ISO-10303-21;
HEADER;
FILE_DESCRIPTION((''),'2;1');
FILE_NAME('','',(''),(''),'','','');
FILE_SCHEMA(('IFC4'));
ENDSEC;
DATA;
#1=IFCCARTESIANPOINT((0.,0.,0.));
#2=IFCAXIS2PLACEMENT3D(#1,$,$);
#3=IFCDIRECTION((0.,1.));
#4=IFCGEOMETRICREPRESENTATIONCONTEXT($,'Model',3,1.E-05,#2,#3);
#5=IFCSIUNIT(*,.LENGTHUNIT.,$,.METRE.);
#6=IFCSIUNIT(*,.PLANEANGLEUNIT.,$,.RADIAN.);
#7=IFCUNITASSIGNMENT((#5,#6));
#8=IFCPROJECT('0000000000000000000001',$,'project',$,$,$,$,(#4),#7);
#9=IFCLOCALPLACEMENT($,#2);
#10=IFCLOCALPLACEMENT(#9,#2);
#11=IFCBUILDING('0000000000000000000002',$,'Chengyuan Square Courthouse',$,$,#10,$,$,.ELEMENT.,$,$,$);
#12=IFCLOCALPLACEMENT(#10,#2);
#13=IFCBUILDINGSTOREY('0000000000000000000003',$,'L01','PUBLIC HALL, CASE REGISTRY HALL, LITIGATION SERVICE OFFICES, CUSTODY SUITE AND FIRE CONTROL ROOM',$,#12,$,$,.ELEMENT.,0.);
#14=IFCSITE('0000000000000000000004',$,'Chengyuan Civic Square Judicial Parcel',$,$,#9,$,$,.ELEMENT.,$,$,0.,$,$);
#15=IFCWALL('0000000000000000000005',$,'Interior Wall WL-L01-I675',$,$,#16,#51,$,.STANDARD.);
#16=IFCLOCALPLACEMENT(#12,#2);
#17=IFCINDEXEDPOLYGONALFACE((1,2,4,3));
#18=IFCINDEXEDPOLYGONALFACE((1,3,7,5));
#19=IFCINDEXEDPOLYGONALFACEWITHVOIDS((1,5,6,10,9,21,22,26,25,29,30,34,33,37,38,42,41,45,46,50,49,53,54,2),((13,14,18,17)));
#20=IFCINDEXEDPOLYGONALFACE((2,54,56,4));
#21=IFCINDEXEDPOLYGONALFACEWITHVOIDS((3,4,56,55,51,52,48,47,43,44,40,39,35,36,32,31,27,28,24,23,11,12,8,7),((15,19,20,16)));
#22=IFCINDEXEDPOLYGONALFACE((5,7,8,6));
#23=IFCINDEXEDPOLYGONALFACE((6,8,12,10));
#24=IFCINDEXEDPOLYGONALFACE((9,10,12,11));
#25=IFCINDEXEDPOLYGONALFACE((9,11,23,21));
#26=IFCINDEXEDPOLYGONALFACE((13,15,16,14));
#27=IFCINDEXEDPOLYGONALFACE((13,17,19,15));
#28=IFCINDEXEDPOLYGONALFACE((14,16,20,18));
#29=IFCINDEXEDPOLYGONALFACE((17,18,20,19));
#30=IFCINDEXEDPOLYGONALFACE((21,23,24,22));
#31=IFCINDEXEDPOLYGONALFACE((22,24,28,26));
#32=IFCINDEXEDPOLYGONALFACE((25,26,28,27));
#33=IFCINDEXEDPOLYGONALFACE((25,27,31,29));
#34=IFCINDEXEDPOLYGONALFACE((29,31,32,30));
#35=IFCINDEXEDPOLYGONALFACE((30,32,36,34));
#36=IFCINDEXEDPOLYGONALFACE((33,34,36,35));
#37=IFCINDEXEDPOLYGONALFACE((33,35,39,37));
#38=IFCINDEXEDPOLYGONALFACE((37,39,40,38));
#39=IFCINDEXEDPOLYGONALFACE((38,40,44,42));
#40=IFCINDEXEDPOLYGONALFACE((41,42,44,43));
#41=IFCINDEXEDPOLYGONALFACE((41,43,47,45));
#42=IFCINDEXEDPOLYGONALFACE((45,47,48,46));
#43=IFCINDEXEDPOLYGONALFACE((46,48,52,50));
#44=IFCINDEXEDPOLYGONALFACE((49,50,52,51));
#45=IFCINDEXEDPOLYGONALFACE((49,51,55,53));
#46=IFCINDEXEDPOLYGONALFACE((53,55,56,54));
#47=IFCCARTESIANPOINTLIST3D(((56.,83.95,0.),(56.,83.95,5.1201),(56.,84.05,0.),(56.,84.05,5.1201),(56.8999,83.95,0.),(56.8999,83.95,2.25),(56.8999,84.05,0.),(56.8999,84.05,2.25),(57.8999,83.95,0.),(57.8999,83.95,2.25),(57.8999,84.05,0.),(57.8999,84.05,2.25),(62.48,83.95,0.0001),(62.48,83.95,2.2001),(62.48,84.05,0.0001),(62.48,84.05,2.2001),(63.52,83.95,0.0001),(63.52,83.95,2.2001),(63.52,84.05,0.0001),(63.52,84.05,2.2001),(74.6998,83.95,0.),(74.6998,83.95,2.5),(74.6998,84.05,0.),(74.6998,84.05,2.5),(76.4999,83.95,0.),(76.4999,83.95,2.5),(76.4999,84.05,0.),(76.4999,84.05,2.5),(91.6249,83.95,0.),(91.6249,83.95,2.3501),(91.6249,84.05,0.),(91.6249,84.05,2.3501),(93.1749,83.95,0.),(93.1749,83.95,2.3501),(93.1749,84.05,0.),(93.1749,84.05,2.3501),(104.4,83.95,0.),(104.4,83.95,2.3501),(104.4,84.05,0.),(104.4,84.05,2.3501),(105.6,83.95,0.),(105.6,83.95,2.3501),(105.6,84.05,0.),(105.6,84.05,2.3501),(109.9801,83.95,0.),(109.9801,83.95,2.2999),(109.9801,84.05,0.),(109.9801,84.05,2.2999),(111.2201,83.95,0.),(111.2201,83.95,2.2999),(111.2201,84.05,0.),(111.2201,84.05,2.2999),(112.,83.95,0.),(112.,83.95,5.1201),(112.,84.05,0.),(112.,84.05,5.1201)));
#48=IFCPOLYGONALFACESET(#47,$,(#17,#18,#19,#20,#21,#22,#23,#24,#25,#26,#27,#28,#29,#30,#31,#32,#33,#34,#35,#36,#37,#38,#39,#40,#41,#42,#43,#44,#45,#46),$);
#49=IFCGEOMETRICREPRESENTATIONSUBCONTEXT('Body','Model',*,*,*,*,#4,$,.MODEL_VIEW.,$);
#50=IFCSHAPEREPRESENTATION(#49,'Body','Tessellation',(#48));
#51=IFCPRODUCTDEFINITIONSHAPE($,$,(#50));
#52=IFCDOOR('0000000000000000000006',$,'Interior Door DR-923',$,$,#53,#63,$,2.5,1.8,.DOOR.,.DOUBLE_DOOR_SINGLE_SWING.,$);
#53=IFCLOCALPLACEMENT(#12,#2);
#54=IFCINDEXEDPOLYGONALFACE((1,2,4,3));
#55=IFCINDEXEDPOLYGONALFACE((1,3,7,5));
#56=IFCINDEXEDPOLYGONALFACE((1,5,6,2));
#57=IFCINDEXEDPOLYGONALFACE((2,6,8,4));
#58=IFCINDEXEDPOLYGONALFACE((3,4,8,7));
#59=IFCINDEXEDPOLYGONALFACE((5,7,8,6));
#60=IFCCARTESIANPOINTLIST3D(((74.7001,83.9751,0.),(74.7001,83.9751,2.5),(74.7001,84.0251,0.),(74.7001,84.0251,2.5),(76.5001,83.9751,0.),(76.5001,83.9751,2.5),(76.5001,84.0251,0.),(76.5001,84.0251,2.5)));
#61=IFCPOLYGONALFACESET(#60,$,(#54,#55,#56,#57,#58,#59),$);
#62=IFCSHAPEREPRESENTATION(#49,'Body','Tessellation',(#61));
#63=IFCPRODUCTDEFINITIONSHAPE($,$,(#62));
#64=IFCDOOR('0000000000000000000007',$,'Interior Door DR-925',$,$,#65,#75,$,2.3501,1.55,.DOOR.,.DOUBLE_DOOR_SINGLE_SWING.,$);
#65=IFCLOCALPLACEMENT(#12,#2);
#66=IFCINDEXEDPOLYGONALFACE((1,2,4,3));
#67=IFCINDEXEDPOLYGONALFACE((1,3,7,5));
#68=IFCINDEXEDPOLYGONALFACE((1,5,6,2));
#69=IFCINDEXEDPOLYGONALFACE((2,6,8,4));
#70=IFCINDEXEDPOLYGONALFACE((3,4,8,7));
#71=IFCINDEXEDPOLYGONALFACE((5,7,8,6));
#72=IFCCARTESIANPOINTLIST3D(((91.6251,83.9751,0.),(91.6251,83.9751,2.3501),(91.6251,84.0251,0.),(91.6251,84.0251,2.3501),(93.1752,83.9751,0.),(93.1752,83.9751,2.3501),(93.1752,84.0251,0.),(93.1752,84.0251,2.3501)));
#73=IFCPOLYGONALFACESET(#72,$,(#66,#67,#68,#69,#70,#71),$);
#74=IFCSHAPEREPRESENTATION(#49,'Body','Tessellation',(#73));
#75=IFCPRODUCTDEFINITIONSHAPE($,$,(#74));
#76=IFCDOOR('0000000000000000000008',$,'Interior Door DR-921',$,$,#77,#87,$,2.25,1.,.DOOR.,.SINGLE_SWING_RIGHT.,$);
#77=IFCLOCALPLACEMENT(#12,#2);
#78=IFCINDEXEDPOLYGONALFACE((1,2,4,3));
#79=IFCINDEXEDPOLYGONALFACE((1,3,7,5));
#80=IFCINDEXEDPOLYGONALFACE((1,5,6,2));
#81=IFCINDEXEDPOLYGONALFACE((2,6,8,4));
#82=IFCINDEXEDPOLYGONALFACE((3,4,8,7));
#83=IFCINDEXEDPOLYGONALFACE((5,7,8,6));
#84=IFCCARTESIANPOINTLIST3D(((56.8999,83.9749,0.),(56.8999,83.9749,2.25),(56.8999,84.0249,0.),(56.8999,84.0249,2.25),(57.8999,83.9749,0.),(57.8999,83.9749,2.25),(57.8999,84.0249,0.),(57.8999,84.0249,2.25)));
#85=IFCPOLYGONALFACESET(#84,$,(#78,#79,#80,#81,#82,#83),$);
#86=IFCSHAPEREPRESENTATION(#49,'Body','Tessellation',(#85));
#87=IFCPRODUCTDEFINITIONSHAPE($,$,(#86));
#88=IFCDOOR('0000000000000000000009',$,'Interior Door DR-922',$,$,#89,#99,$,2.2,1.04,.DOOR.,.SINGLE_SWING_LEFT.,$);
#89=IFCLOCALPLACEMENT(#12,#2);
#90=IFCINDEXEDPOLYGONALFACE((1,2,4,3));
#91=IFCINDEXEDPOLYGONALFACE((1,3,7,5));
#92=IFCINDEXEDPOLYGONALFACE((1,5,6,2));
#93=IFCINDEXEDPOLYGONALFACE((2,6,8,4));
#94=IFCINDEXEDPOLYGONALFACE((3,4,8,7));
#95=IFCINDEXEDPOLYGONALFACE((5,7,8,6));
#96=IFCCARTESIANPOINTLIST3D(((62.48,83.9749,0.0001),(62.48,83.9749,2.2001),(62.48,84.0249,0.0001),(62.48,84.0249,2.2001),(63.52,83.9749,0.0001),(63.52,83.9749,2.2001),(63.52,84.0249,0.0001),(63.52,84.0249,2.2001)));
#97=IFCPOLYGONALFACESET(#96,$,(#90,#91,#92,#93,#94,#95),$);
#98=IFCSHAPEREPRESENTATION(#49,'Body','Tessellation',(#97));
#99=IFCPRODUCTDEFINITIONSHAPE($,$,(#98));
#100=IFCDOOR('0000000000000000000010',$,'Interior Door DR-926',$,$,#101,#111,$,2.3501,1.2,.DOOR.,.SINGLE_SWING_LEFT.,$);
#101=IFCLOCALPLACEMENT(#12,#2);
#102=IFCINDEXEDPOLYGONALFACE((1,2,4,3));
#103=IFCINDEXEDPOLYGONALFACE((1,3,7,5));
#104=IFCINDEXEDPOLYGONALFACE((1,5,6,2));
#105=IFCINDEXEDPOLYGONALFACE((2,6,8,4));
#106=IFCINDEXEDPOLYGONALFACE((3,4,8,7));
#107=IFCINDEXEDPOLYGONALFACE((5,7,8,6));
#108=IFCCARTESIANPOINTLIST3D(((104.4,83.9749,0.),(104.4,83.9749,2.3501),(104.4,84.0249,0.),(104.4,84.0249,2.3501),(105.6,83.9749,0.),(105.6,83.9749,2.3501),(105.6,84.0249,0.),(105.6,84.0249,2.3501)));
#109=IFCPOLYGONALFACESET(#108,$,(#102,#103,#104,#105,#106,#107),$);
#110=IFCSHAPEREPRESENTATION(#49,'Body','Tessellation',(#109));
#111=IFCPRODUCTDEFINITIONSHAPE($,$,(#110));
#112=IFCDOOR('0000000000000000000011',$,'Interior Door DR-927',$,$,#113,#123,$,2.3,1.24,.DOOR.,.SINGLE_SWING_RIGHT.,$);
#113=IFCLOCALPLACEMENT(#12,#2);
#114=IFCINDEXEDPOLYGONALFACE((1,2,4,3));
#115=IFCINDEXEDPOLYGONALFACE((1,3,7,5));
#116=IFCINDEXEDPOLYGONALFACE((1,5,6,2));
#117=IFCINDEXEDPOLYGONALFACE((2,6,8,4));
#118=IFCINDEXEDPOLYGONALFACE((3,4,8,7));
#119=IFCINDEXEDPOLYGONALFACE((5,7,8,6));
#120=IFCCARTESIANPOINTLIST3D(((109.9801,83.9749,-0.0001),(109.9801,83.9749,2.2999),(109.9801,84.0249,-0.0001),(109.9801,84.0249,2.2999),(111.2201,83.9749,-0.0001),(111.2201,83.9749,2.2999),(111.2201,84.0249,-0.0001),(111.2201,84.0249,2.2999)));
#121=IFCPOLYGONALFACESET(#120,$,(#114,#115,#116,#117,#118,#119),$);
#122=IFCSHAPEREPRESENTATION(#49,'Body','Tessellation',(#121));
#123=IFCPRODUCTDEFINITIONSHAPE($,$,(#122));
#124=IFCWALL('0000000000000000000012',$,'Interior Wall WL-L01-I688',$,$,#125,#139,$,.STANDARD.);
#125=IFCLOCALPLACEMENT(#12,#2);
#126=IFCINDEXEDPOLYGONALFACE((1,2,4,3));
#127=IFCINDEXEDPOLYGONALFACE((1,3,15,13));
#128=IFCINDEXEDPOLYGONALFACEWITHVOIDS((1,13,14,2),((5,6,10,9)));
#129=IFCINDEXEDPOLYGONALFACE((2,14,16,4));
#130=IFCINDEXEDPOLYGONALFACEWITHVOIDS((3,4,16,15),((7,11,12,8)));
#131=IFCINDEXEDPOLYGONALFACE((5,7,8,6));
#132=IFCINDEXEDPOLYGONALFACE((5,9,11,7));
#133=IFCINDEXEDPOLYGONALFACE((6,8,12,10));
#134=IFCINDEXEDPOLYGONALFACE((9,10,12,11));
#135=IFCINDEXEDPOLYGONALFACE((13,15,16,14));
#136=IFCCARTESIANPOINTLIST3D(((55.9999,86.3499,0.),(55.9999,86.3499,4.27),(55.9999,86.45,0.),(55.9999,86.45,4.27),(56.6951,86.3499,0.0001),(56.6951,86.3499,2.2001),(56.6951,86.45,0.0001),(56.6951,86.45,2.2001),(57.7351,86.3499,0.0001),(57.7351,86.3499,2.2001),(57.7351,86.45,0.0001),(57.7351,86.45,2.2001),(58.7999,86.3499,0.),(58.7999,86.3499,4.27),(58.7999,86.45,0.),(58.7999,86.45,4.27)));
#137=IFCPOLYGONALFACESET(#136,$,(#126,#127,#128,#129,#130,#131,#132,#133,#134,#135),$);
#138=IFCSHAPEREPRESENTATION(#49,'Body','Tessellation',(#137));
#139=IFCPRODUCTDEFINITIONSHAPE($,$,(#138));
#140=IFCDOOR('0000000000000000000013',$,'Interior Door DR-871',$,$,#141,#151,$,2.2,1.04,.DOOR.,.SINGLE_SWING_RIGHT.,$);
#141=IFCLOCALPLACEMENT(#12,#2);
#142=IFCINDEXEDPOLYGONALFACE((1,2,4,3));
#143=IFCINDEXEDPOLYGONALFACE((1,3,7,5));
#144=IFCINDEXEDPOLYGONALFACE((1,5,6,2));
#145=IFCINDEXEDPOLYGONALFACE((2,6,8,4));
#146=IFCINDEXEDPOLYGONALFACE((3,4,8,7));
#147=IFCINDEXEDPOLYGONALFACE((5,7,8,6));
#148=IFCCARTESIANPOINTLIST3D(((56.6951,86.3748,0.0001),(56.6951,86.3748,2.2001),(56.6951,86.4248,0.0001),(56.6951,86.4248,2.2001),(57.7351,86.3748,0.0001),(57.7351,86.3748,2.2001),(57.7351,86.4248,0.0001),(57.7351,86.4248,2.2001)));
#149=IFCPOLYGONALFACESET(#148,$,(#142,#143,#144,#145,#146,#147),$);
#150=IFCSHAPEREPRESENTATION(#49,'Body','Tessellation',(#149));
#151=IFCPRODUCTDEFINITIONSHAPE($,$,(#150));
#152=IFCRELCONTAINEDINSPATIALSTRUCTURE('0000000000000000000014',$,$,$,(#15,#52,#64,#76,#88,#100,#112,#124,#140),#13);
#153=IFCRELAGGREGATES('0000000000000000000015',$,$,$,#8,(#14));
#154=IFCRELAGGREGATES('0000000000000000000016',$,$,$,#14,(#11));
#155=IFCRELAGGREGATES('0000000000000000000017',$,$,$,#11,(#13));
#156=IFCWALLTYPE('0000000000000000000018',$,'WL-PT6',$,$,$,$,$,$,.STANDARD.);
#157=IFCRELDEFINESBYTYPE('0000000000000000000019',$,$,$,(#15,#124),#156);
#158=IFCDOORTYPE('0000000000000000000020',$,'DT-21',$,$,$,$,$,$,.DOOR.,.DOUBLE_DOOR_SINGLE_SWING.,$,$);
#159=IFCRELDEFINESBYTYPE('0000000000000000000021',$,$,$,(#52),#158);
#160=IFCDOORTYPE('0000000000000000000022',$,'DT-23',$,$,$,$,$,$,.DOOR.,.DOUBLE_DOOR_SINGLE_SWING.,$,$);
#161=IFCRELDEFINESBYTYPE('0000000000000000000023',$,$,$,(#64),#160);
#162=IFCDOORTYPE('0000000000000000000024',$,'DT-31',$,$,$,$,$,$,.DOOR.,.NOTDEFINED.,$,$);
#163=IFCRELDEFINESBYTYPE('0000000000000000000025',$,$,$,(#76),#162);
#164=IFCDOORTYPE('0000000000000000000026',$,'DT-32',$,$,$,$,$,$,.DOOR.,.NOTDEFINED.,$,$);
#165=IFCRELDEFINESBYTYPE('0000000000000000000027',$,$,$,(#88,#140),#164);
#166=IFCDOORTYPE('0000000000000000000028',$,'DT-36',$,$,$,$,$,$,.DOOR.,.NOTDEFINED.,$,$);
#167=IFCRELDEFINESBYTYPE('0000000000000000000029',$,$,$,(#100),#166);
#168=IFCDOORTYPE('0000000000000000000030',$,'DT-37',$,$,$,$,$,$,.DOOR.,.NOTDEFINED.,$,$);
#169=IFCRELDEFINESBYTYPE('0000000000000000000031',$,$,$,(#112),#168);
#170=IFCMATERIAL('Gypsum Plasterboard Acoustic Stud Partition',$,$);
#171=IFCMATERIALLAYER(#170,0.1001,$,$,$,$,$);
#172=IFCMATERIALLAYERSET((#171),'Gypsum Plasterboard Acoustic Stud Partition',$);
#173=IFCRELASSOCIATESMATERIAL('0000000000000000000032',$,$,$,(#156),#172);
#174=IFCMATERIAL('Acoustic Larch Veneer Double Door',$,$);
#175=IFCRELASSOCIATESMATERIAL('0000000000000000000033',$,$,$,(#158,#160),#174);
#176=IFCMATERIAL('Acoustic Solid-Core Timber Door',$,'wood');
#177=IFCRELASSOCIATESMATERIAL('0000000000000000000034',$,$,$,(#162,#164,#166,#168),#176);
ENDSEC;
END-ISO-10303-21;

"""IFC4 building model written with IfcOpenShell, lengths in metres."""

from ifc_helpers import new_model, si_unit, direction, frame, frame_2d, origin, place, context, subcontext, project, spatial, rectangle, extrude, material, layer, layer_set, type_object, element, fill, save


model = new_model("IFC4")

# Units and contexts
model_context = context("Model", 3, precision=1e-05, world=origin(), true_north=direction((0.0, 1.0)))
body_context = subcontext(model_context, "Body", "Model", "MODEL_VIEW")
ifc_project = project(units=[si_unit("LENGTHUNIT", "METRE"), si_unit("PLANEANGLEUNIT", "RADIAN")], contexts=[model_context])

# Site, building, storey
site_placement = place(None, origin())
site = spatial("IfcSite", under=ifc_project, at=site_placement, Name="Chengyuan Civic Square Judicial Parcel", CompositionType="ELEMENT", RefElevation=0.0)
building_placement = place(site_placement, origin())
building = spatial("IfcBuilding", under=site, at=building_placement, Name="Chengyuan Square Courthouse", CompositionType="ELEMENT")
storey_placement = place(building_placement, origin())
storey = spatial("IfcBuildingStorey", under=building, at=storey_placement, Name="L01", Description="PUBLIC HALL, CASE REGISTRY HALL, LITIGATION SERVICE OFFICES, CUSTODY SUITE AND FIRE CONTROL ROOM", CompositionType="ELEMENT", Elevation=0.0)

# Wall, openings, doors
ifc_material_1 = material(Name="Gypsum Plasterboard Acoustic Stud Partition")
ifc_layer_1 = layer(ifc_material_1, 0.1001)
ifc_layer_set_1 = layer_set([ifc_layer_1], Name="Gypsum Plasterboard Acoustic Stud Partition")
wall_type_1 = type_object("IfcWallType", Name="WL-PT6", PredefinedType="STANDARD", material=ifc_layer_set_1)
wall_1_placement = place(storey_placement, frame((56.0, 84.0, 0.0), z_axis=(0.0, 0.0, 1.0), x_axis=(1.0, 0.0, 0.0)))
wall_1 = element("IfcWall", 1, at=wall_1_placement, inside=storey, type_object=wall_type_1, Name="Interior Wall WL-L01-I675", PredefinedType="STANDARD", context=body_context, shape_type="SweptSolid", body=[
    extrude(rectangle(XDim=56.0, YDim=0.1001, at=frame_2d((28.0, 0.0))), origin(), (0.0, 0.0, 1.0), 5.1201),
])
opening_1_placement = place(wall_1_placement, frame((0.8999, 0.0, 0.0)))
opening_1 = element("IfcOpeningElement", 2, at=opening_1_placement, cuts=wall_1, PredefinedType="OPENING", context=body_context, shape_type="SweptSolid", body=[
    extrude(rectangle(XDim=1.0, YDim=2.25, at=frame_2d((0.5, 1.125))), frame((0.0, 0.062, 0.0), z_axis=(0.0, -1.0, 0.0), x_axis=(1.0, 0.0, 0.0)), (0.0, 0.0, 1.0), 0.124),
])
opening_2_placement = place(wall_1_placement, frame((6.48, 0.0, 0.0)))
opening_2 = element("IfcOpeningElement", 3, at=opening_2_placement, cuts=wall_1, PredefinedType="OPENING", context=body_context, shape_type="SweptSolid", body=[
    extrude(rectangle(XDim=1.04, YDim=2.2, at=frame_2d((0.52, 1.1001))), frame((0.0, 0.062, 0.0), z_axis=(0.0, -1.0, 0.0), x_axis=(1.0, 0.0, 0.0)), (0.0, 0.0, 1.0), 0.124),
])
opening_3_placement = place(wall_1_placement, frame((18.7, 0.0, 0.0)))
opening_3 = element("IfcOpeningElement", 4, at=opening_3_placement, cuts=wall_1, PredefinedType="OPENING", context=body_context, shape_type="SweptSolid", body=[
    extrude(rectangle(XDim=1.8, YDim=2.5, at=frame_2d((0.8999, 1.25))), frame((0.0, 0.062, 0.0), z_axis=(0.0, -1.0, 0.0), x_axis=(1.0, 0.0, 0.0)), (0.0, 0.0, 1.0), 0.124),
])
opening_4_placement = place(wall_1_placement, frame((35.625, 0.0, 0.0)))
opening_4 = element("IfcOpeningElement", 5, at=opening_4_placement, cuts=wall_1, PredefinedType="OPENING", context=body_context, shape_type="SweptSolid", body=[
    extrude(rectangle(XDim=1.55, YDim=2.3501, at=frame_2d((0.7749, 1.175))), frame((0.0, 0.062, 0.0), z_axis=(0.0, -1.0, 0.0), x_axis=(1.0, 0.0, 0.0)), (0.0, 0.0, 1.0), 0.124),
])
opening_5_placement = place(wall_1_placement, frame((48.3999, 0.0, 0.0)))
opening_5 = element("IfcOpeningElement", 6, at=opening_5_placement, cuts=wall_1, PredefinedType="OPENING", context=body_context, shape_type="SweptSolid", body=[
    extrude(rectangle(XDim=1.2, YDim=2.3501, at=frame_2d((0.6001, 1.175))), frame((0.0, 0.062, 0.0), z_axis=(0.0, -1.0, 0.0), x_axis=(1.0, 0.0, 0.0)), (0.0, 0.0, 1.0), 0.124),
])
opening_6_placement = place(wall_1_placement, frame((53.98, 0.0, 0.0)))
opening_6 = element("IfcOpeningElement", 7, at=opening_6_placement, cuts=wall_1, PredefinedType="OPENING", context=body_context, shape_type="SweptSolid", body=[
    extrude(rectangle(XDim=1.24, YDim=2.3, at=frame_2d((0.6201, 1.1499))), frame((0.0, 0.062, 0.0), z_axis=(0.0, -1.0, 0.0), x_axis=(1.0, 0.0, 0.0)), (0.0, 0.0, 1.0), 0.124),
])
ifc_material_2 = material(Name="Acoustic Larch Veneer Double Door")
door_type_1 = type_object("IfcDoorType", Name="DT-21", OperationType="DOUBLE_DOOR_SINGLE_SWING", PredefinedType="DOOR", material=ifc_material_2)
door_1_placement = place(opening_3_placement, frame((1.8, 0.0, 0.0), z_axis=(0.0, 0.0, 1.0), x_axis=(-1.0, 0.0, 0.0)))
door_1 = element("IfcDoor", 8, at=door_1_placement, inside=storey, type_object=door_type_1, Name="Interior Door DR-923", OperationType="DOUBLE_DOOR_SINGLE_SWING", OverallHeight=2.5, OverallWidth=1.8, PredefinedType="DOOR", context=body_context, shape_type="SweptSolid", body=[
    extrude(rectangle(XDim=1.8, YDim=2.5, at=frame_2d((0.8999, 1.25))), frame((0.0, 0.0249, 0.0), z_axis=(0.0, -1.0, 0.0), x_axis=(1.0, 0.0, 0.0)), (0.0, 0.0, 1.0), 0.05),
])
fill(opening_3, door_1)
door_type_2 = type_object("IfcDoorType", Name="DT-23", OperationType="DOUBLE_DOOR_SINGLE_SWING", PredefinedType="DOOR", material=ifc_material_2)
door_2_placement = place(opening_4_placement, frame((1.55, 0.0, 0.0), z_axis=(0.0, 0.0, 1.0), x_axis=(-1.0, 0.0, 0.0)))
door_2 = element("IfcDoor", 9, at=door_2_placement, inside=storey, type_object=door_type_2, Name="Interior Door DR-925", OperationType="DOUBLE_DOOR_SINGLE_SWING", OverallHeight=2.3501, OverallWidth=1.55, PredefinedType="DOOR", context=body_context, shape_type="SweptSolid", body=[
    extrude(rectangle(XDim=1.55, YDim=2.3501, at=frame_2d((0.7749, 1.175))), frame((0.0, 0.0249, 0.0), z_axis=(0.0, -1.0, 0.0), x_axis=(1.0, 0.0, 0.0)), (0.0, 0.0, 1.0), 0.05),
])
fill(opening_4, door_2)
ifc_material_3 = material(Name="Acoustic Solid-Core Timber Door", Category="wood")
door_type_3 = type_object("IfcDoorType", Name="DT-31", OperationType="NOTDEFINED", PredefinedType="DOOR", material=ifc_material_3)
door_3_placement = place(opening_1_placement, origin())
door_3 = element("IfcDoor", 10, at=door_3_placement, inside=storey, type_object=door_type_3, Name="Interior Door DR-921", OperationType="SINGLE_SWING_RIGHT", OverallHeight=2.25, OverallWidth=1.0, PredefinedType="DOOR", context=body_context, shape_type="SweptSolid", body=[
    extrude(rectangle(XDim=1.0, YDim=2.25, at=frame_2d((0.5, 1.125))), frame((0.0, 0.0249, 0.0), z_axis=(0.0, -1.0, 0.0), x_axis=(1.0, 0.0, 0.0)), (0.0, 0.0, 1.0), 0.05),
])
fill(opening_1, door_3)
door_type_4 = type_object("IfcDoorType", Name="DT-32", OperationType="NOTDEFINED", PredefinedType="DOOR", material=ifc_material_3)
door_4_placement = place(opening_2_placement, origin())
door_4 = element("IfcDoor", 11, at=door_4_placement, inside=storey, type_object=door_type_4, Name="Interior Door DR-922", OperationType="SINGLE_SWING_LEFT", OverallHeight=2.2, OverallWidth=1.04, PredefinedType="DOOR", context=body_context, shape_type="SweptSolid", body=[
    extrude(rectangle(XDim=1.04, YDim=2.2, at=frame_2d((0.52, 1.1001))), frame((0.0, 0.0249, 0.0), z_axis=(0.0, -1.0, 0.0), x_axis=(1.0, 0.0, 0.0)), (0.0, 0.0, 1.0), 0.05),
])
fill(opening_2, door_4)
door_type_5 = type_object("IfcDoorType", Name="DT-36", OperationType="NOTDEFINED", PredefinedType="DOOR", material=ifc_material_3)
door_5_placement = place(opening_5_placement, origin())
door_5 = element("IfcDoor", 12, at=door_5_placement, inside=storey, type_object=door_type_5, Name="Interior Door DR-926", OperationType="SINGLE_SWING_LEFT", OverallHeight=2.3501, OverallWidth=1.2, PredefinedType="DOOR", context=body_context, shape_type="SweptSolid", body=[
    extrude(rectangle(XDim=1.2, YDim=2.3501, at=frame_2d((0.6001, 1.175))), frame((0.0, 0.0249, 0.0), z_axis=(0.0, -1.0, 0.0), x_axis=(1.0, 0.0, 0.0)), (0.0, 0.0, 1.0), 0.05),
])
fill(opening_5, door_5)
door_type_6 = type_object("IfcDoorType", Name="DT-37", OperationType="NOTDEFINED", PredefinedType="DOOR", material=ifc_material_3)
door_6_placement = place(opening_6_placement, origin())
door_6 = element("IfcDoor", 13, at=door_6_placement, inside=storey, type_object=door_type_6, Name="Interior Door DR-927", OperationType="SINGLE_SWING_RIGHT", OverallHeight=2.3, OverallWidth=1.24, PredefinedType="DOOR", context=body_context, shape_type="SweptSolid", body=[
    extrude(rectangle(XDim=1.24, YDim=2.3, at=frame_2d((0.6201, 1.1499))), frame((0.0, 0.0249, 0.0), z_axis=(0.0, -1.0, 0.0), x_axis=(1.0, 0.0, 0.0)), (0.0, 0.0, 1.0), 0.05),
])
fill(opening_6, door_6)

# Wall, opening, door
wall_2_placement = place(storey_placement, frame((56.0, 86.3999, 0.0), z_axis=(0.0, 0.0, 1.0), x_axis=(1.0, 0.0, 0.0)))
wall_2 = element("IfcWall", 14, at=wall_2_placement, inside=storey, type_object=wall_type_1, Name="Interior Wall WL-L01-I688", PredefinedType="STANDARD", context=body_context, shape_type="SweptSolid", body=[
    extrude(rectangle(XDim=2.8, YDim=0.1001, at=frame_2d((1.3999, 0.0))), origin(), (0.0, 0.0, 1.0), 4.27),
])
opening_7_placement = place(wall_2_placement, frame((0.6951, 0.0, 0.0)))
opening_7 = element("IfcOpeningElement", 15, at=opening_7_placement, cuts=wall_2, PredefinedType="OPENING", context=body_context, shape_type="SweptSolid", body=[
    extrude(rectangle(XDim=1.04, YDim=2.2, at=frame_2d((0.52, 1.1001))), frame((0.0, 0.062, 0.0), z_axis=(0.0, -1.0, 0.0), x_axis=(1.0, 0.0, 0.0)), (0.0, 0.0, 1.0), 0.124),
])
door_7_placement = place(opening_7_placement, origin())
door_7 = element("IfcDoor", 16, at=door_7_placement, inside=storey, type_object=door_type_4, Name="Interior Door DR-871", OperationType="SINGLE_SWING_RIGHT", OverallHeight=2.2, OverallWidth=1.04, PredefinedType="DOOR", context=body_context, shape_type="SweptSolid", body=[
    extrude(rectangle(XDim=1.04, YDim=2.2, at=frame_2d((0.52, 1.1001))), frame((0.0, 0.0249, 0.0), z_axis=(0.0, -1.0, 0.0), x_axis=(1.0, 0.0, 0.0)), (0.0, 0.0, 1.0), 0.05),
])
fill(opening_7, door_7)

save(model, "model.ifc")
